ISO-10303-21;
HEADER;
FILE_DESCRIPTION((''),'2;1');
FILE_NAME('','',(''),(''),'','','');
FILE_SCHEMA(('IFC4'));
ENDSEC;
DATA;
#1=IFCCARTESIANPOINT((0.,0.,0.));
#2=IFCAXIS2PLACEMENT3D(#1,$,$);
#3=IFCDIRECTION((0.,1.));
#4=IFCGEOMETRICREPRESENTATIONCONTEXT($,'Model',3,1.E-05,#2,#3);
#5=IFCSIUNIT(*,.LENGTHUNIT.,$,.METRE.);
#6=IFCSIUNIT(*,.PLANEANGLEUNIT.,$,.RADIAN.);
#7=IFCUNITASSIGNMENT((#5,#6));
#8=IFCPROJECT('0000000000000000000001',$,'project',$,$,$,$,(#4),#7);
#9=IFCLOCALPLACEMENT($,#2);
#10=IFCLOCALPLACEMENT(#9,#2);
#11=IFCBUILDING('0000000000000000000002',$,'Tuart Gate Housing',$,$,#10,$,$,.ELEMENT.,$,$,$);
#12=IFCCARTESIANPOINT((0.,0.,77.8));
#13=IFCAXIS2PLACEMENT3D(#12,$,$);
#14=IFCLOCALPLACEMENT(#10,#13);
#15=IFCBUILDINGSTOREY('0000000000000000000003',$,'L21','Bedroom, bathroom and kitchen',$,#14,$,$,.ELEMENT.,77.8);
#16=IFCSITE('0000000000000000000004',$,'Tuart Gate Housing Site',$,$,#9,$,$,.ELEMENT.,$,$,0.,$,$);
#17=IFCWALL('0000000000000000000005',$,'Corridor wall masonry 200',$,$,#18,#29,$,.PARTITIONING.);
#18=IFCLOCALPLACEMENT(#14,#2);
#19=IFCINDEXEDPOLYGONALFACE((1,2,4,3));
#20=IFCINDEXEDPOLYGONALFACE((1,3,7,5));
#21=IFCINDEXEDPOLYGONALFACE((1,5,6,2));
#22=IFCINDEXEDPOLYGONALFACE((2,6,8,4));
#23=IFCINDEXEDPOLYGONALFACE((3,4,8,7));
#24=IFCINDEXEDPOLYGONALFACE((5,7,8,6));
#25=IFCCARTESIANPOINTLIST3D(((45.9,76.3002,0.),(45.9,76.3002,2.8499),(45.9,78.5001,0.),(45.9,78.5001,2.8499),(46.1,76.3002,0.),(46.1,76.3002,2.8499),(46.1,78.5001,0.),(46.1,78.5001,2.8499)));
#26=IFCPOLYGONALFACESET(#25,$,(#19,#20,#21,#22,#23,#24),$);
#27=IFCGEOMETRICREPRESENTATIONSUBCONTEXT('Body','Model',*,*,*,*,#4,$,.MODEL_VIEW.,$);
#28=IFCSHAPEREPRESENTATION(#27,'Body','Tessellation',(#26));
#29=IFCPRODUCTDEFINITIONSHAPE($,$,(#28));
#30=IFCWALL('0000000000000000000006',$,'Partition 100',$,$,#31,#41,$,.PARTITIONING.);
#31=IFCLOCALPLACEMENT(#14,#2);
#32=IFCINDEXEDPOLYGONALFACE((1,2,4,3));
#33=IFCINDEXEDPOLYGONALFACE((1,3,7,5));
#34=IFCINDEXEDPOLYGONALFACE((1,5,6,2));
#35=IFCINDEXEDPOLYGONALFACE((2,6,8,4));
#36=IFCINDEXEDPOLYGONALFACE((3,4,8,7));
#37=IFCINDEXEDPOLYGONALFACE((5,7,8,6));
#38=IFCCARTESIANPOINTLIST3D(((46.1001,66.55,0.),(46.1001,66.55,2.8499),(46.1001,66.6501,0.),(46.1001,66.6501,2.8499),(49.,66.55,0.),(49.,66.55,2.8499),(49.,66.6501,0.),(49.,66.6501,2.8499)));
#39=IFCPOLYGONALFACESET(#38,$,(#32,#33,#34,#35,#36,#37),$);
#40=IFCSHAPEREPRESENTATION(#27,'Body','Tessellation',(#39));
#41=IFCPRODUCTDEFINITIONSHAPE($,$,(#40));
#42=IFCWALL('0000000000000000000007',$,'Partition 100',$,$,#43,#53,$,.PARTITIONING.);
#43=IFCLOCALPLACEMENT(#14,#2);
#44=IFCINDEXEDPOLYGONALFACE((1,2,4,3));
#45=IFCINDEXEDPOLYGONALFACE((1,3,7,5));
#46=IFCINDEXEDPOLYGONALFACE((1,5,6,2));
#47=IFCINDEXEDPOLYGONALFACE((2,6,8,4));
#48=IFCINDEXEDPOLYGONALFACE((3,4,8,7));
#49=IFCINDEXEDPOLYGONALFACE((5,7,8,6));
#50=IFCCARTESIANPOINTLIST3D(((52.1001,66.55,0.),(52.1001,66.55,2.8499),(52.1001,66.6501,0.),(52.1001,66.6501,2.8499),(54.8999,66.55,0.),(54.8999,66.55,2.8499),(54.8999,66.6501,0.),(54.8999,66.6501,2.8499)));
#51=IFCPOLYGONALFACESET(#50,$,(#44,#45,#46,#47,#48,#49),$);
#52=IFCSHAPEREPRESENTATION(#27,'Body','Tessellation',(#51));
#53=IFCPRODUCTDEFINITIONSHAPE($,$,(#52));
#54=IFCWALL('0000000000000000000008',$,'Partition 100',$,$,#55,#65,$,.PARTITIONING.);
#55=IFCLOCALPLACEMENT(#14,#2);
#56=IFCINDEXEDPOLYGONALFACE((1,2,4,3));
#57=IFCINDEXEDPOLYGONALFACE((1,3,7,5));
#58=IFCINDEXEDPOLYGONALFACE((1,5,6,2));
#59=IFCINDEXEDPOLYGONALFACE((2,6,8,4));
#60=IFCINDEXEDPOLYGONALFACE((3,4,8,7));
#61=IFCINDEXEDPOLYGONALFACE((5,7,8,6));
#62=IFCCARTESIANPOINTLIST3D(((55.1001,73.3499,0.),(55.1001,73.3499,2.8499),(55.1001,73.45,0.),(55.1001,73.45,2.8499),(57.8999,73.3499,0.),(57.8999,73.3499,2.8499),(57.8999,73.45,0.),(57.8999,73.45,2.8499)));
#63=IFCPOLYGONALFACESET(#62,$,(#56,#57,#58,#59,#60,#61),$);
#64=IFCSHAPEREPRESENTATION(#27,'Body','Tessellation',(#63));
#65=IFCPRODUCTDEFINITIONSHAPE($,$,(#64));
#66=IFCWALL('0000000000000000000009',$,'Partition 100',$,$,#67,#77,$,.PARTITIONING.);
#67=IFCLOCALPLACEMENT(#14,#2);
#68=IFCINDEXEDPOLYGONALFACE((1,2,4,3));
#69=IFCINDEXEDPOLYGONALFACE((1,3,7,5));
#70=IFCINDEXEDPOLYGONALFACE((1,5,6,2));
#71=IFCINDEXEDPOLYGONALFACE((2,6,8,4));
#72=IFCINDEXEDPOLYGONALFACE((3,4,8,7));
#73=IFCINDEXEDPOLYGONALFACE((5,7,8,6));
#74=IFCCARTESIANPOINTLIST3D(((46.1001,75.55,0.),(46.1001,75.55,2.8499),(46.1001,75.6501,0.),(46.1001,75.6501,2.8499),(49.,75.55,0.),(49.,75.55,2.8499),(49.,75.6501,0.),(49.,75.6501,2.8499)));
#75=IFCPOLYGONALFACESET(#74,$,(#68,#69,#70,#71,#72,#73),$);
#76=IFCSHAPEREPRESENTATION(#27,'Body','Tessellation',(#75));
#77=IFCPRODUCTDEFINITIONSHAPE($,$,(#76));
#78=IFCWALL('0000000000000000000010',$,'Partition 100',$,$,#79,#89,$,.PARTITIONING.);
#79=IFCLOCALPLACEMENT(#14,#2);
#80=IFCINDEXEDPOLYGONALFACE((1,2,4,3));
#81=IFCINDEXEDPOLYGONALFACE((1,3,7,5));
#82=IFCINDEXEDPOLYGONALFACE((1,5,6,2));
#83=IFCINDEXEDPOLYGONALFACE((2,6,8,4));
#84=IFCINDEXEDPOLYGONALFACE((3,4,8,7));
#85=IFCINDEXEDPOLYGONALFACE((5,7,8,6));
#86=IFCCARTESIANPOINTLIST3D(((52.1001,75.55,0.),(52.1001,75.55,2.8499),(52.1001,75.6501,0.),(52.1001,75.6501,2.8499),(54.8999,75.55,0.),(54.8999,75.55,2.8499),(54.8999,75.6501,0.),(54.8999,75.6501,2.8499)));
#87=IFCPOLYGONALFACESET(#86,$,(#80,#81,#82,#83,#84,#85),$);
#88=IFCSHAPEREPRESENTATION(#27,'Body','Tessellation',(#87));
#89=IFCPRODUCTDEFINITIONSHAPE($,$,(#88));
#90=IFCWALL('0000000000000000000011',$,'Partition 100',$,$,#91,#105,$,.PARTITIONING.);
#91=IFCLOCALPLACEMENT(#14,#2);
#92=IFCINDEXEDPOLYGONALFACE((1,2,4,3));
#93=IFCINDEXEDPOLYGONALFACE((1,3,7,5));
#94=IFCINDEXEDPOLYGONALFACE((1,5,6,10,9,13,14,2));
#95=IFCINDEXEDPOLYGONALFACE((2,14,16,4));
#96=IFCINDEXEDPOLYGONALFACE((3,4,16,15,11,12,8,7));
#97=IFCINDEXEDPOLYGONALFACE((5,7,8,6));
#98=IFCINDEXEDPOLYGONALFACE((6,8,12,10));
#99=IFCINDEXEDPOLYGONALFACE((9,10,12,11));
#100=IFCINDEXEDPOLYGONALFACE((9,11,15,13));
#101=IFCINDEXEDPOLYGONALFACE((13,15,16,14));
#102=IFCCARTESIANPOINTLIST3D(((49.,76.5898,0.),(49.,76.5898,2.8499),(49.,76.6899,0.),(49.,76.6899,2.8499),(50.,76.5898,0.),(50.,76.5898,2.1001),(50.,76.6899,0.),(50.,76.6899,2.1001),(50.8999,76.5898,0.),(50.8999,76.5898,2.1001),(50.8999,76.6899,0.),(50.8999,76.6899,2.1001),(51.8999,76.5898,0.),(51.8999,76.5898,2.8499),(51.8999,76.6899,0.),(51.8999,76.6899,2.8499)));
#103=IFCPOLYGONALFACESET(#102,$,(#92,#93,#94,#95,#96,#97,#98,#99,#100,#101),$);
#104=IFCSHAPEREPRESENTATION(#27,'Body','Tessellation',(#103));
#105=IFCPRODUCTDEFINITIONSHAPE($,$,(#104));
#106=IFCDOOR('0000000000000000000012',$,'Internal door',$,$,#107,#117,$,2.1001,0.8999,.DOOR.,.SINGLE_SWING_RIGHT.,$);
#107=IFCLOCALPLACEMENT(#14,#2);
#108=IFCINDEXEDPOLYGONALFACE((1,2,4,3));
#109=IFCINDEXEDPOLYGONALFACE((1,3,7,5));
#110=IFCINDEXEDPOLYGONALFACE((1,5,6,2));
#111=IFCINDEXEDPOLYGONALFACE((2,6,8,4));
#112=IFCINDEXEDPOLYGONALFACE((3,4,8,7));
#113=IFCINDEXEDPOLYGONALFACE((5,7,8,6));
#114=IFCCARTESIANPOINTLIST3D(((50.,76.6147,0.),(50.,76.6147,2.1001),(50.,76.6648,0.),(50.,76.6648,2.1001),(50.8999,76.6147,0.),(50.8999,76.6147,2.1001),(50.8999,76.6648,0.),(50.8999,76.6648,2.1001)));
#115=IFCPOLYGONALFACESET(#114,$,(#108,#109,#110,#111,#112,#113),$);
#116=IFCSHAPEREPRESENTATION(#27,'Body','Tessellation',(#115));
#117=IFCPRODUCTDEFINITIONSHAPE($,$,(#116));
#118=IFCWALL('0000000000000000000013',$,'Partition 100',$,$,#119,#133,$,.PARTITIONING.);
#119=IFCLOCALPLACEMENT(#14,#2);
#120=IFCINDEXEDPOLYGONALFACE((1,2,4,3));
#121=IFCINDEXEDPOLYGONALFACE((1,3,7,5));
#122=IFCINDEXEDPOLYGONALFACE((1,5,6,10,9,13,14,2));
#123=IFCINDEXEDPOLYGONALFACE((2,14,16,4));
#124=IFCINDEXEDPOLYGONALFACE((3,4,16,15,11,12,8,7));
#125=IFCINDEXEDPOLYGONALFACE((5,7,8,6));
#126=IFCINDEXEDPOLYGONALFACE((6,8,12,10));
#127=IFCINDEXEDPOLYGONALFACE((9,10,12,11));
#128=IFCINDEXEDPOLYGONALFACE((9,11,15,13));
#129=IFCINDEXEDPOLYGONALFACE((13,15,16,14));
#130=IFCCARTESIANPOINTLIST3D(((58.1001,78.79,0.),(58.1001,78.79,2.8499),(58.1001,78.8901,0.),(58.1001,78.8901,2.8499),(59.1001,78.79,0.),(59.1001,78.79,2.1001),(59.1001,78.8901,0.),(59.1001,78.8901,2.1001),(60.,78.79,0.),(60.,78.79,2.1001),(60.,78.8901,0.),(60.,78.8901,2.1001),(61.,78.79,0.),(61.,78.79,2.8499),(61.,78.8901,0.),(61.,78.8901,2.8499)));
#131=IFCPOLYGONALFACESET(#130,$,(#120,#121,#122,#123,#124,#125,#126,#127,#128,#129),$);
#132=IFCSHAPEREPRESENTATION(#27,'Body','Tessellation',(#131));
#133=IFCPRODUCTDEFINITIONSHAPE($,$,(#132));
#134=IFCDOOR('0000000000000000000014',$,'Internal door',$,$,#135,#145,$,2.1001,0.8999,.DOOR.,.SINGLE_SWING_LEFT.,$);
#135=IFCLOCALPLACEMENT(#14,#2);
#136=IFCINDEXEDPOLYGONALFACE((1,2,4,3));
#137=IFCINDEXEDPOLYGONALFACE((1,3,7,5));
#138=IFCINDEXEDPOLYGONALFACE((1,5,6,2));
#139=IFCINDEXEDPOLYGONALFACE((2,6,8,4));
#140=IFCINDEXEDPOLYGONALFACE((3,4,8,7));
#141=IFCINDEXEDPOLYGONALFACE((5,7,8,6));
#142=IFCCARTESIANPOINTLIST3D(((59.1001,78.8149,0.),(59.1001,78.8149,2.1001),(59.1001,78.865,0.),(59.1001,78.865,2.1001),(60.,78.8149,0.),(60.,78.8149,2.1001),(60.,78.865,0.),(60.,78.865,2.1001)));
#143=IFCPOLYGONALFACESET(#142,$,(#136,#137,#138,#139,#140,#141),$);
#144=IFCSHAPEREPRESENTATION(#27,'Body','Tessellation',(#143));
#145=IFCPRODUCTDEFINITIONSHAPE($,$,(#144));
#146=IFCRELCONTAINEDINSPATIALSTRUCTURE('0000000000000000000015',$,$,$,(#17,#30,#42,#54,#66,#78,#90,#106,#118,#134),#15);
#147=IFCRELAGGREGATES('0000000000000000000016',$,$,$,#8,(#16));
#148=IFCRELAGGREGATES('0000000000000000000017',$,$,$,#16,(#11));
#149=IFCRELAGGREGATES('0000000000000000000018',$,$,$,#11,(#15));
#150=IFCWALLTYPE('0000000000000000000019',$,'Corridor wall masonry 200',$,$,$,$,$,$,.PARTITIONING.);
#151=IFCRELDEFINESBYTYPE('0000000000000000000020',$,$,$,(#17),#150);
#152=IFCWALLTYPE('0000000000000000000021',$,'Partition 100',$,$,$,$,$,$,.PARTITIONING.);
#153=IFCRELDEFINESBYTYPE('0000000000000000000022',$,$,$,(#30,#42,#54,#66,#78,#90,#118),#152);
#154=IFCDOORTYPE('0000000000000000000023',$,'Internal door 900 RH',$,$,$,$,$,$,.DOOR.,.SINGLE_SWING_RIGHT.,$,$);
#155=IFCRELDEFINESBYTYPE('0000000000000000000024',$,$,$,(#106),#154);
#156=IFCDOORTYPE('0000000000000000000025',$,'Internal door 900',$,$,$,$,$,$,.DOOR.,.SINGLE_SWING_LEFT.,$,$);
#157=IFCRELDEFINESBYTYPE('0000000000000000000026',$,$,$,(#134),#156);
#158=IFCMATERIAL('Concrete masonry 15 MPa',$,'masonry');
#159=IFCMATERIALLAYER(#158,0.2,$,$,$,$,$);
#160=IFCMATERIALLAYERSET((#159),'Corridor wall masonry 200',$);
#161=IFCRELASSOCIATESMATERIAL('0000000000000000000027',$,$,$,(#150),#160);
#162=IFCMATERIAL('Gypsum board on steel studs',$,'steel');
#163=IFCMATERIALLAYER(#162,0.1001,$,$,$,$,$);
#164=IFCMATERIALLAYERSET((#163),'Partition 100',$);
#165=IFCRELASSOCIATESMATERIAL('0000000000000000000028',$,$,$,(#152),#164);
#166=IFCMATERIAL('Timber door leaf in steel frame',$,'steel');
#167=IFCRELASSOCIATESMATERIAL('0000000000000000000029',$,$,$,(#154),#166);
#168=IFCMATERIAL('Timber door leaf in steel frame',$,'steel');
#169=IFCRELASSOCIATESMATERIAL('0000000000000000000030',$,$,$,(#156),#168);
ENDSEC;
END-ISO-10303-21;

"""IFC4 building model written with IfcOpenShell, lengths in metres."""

from ifc_helpers import new_model, si_unit, direction, frame, frame_2d, origin, place, context, subcontext, project, spatial, rectangle, extrude, material, layer, layer_set, type_object, element, fill, save


model = new_model("IFC4")

# Units and contexts
model_context = context("Model", 3, precision=1e-05, world=origin(), true_north=direction((0.0, 1.0)))
body_context = subcontext(model_context, "Body", "Model", "MODEL_VIEW")
ifc_project = project(units=[si_unit("LENGTHUNIT", "METRE"), si_unit("PLANEANGLEUNIT", "RADIAN")], contexts=[model_context])

# Site, building, storey
site_placement = place(None, origin())
site = spatial("IfcSite", under=ifc_project, at=site_placement, Name="Tuart Gate Housing Site", CompositionType="ELEMENT", RefElevation=0.0)
building_placement = place(site_placement, origin())
building = spatial("IfcBuilding", under=site, at=building_placement, Name="Tuart Gate Housing", CompositionType="ELEMENT")
storey_placement = place(building_placement, frame((0.0, 0.0, 77.8)))
storey = spatial("IfcBuildingStorey", under=building, at=storey_placement, Name="L21", Description="Bedroom, bathroom and kitchen", CompositionType="ELEMENT", Elevation=77.8)

# Walls
ifc_material_1 = material(Name="Concrete masonry 15 MPa", Category="masonry")
ifc_layer_1 = layer(ifc_material_1, 0.2)
ifc_layer_set_1 = layer_set([ifc_layer_1], Name="Corridor wall masonry 200")
wall_type_1 = type_object("IfcWallType", Name="Corridor wall masonry 200", PredefinedType="PARTITIONING", material=ifc_layer_set_1)
wall_1_placement = place(storey_placement, frame((46.0, 76.3, 0.0), z_axis=(0.0, 0.0, 1.0), x_axis=(0.0, 1.0, 0.0)))
element("IfcWall", 1, at=wall_1_placement, inside=storey, type_object=wall_type_1, Name="Corridor wall masonry 200", PredefinedType="PARTITIONING", context=body_context, shape_type="SweptSolid", body=[
    extrude(rectangle(XDim=2.2, YDim=0.2, at=frame_2d((1.1001, 0.0))), origin(), (0.0, 0.0, 1.0), 2.8499),
])
ifc_material_2 = material(Name="Gypsum board on steel studs", Category="steel")
ifc_layer_2 = layer(ifc_material_2, 0.1001)
ifc_layer_set_2 = layer_set([ifc_layer_2], Name="Partition 100")
wall_type_2 = type_object("IfcWallType", Name="Partition 100", PredefinedType="PARTITIONING", material=ifc_layer_set_2)
wall_2_placement = place(storey_placement, frame((46.1001, 66.6001, 0.0), z_axis=(0.0, 0.0, 1.0), x_axis=(1.0, 0.0, 0.0)))
element("IfcWall", 2, at=wall_2_placement, inside=storey, type_object=wall_type_2, Name="Partition 100", PredefinedType="PARTITIONING", context=body_context, shape_type="SweptSolid", body=[
    extrude(rectangle(XDim=2.8999, YDim=0.1001, at=frame_2d((1.45, 0.0))), origin(), (0.0, 0.0, 1.0), 2.8499),
])
for number, where, z_axis, x_axis, name in (
    (3, (52.1001, 66.6001, 0.0), (0.0, 0.0, 1.0), (1.0, 0.0, 0.0), "Partition 100"),
    (4, (55.1001, 73.3999, 0.0), (0.0, 0.0, 1.0), (1.0, 0.0, 0.0), "Partition 100"),
):
    element("IfcWall", number, at=place(storey_placement, frame(where, z_axis=z_axis, x_axis=x_axis)), inside=storey, type_object=wall_type_2, Name=name, PredefinedType="PARTITIONING", context=body_context, shape_type="SweptSolid", body=[
        extrude(rectangle(XDim=2.7998, YDim=0.1001, at=frame_2d((1.3999, 0.0))), origin(), (0.0, 0.0, 1.0), 2.8499),
    ])
wall_3_placement = place(storey_placement, frame((46.1001, 75.6001, 0.0), z_axis=(0.0, 0.0, 1.0), x_axis=(1.0, 0.0, 0.0)))
element("IfcWall", 5, at=wall_3_placement, inside=storey, type_object=wall_type_2, Name="Partition 100", PredefinedType="PARTITIONING", context=body_context, shape_type="SweptSolid", body=[
    extrude(rectangle(XDim=2.8999, YDim=0.1001, at=frame_2d((1.45, 0.0))), origin(), (0.0, 0.0, 1.0), 2.8499),
])
wall_4_placement = place(storey_placement, frame((52.1001, 75.6001, 0.0), z_axis=(0.0, 0.0, 1.0), x_axis=(1.0, 0.0, 0.0)))
element("IfcWall", 6, at=wall_4_placement, inside=storey, type_object=wall_type_2, Name="Partition 100", PredefinedType="PARTITIONING", context=body_context, shape_type="SweptSolid", body=[
    extrude(rectangle(XDim=2.7998, YDim=0.1001, at=frame_2d((1.3999, 0.0))), origin(), (0.0, 0.0, 1.0), 2.8499),
])

# Walls, openings, doors
wall_5_placement = place(storey_placement, frame((49.0, 76.6399, 0.0), z_axis=(0.0, 0.0, 1.0), x_axis=(1.0, 0.0, 0.0)))
wall_5 = element("IfcWall", 7, at=wall_5_placement, inside=storey, type_object=wall_type_2, Name="Partition 100", PredefinedType="PARTITIONING", context=body_context, shape_type="SweptSolid", body=[
    extrude(rectangle(XDim=2.8999, YDim=0.1001, at=frame_2d((1.45, 0.0))), origin(), (0.0, 0.0, 1.0), 2.8499),
])
opening_1_placement = place(wall_5_placement, frame((1.0, 0.0, 0.0)))
opening_1 = element("IfcOpeningElement", 8, at=opening_1_placement, cuts=wall_5, PredefinedType="OPENING", context=body_context, shape_type="SweptSolid", body=[
    extrude(rectangle(XDim=0.8999, YDim=2.1001, at=frame_2d((0.45, 1.05))), frame((0.0, 0.0601, 0.0), z_axis=(0.0, -1.0, 0.0), x_axis=(1.0, 0.0, 0.0)), (0.0, 0.0, 1.0), 0.1201),
])
ifc_material_3 = material(Name="Timber door leaf in steel frame", Category="steel")
door_type_1 = type_object("IfcDoorType", Name="Internal door 900 RH", OperationType="SINGLE_SWING_RIGHT", PredefinedType="DOOR", material=ifc_material_3)
door_1_placement = place(opening_1_placement, frame((0.8999, 0.0, 0.0), z_axis=(0.0, 0.0, 1.0), x_axis=(-1.0, 0.0, 0.0)))
door_1 = element("IfcDoor", 9, at=door_1_placement, inside=storey, type_object=door_type_1, Name="Internal door", OperationType="SINGLE_SWING_RIGHT", OverallHeight=2.1001, OverallWidth=0.8999, PredefinedType="DOOR", context=body_context, shape_type="SweptSolid", body=[
    extrude(rectangle(XDim=0.8999, YDim=2.1001, at=frame_2d((0.45, 1.05))), frame((0.0, 0.0251, 0.0), z_axis=(0.0, -1.0, 0.0), x_axis=(1.0, 0.0, 0.0)), (0.0, 0.0, 1.0), 0.05),
])
fill(opening_1, door_1)
wall_6_placement = place(storey_placement, frame((58.1001, 78.8401, 0.0), z_axis=(0.0, 0.0, 1.0), x_axis=(1.0, 0.0, 0.0)))
wall_6 = element("IfcWall", 10, at=wall_6_placement, inside=storey, type_object=wall_type_2, Name="Partition 100", PredefinedType="PARTITIONING", context=body_context, shape_type="SweptSolid", body=[
    extrude(rectangle(XDim=2.8999, YDim=0.1001, at=frame_2d((1.45, 0.0))), origin(), (0.0, 0.0, 1.0), 2.8499),
])
opening_2_placement = place(wall_6_placement, frame((1.0, 0.0, 0.0)))
opening_2 = element("IfcOpeningElement", 11, at=opening_2_placement, cuts=wall_6, PredefinedType="OPENING", context=body_context, shape_type="SweptSolid", body=[
    extrude(rectangle(XDim=0.8999, YDim=2.1001, at=frame_2d((0.45, 1.05))), frame((0.0, 0.0601, 0.0), z_axis=(0.0, -1.0, 0.0), x_axis=(1.0, 0.0, 0.0)), (0.0, 0.0, 1.0), 0.1201),
])
ifc_material_4 = material(Name="Timber door leaf in steel frame", Category="steel")
door_type_2 = type_object("IfcDoorType", Name="Internal door 900", OperationType="SINGLE_SWING_LEFT", PredefinedType="DOOR", material=ifc_material_4)
door_2_placement = place(opening_2_placement, frame((0.8999, 0.0, 0.0), z_axis=(0.0, 0.0, 1.0), x_axis=(-1.0, 0.0, 0.0)))
door_2 = element("IfcDoor", 12, at=door_2_placement, inside=storey, type_object=door_type_2, Name="Internal door", OperationType="SINGLE_SWING_LEFT", OverallHeight=2.1001, OverallWidth=0.8999, PredefinedType="DOOR", context=body_context, shape_type="SweptSolid", body=[
    extrude(rectangle(XDim=0.8999, YDim=2.1001, at=frame_2d((0.45, 1.05))), frame((0.0, 0.0251, 0.0), z_axis=(0.0, -1.0, 0.0), x_axis=(1.0, 0.0, 0.0)), (0.0, 0.0, 1.0), 0.05),
])
fill(opening_2, door_2)

save(model, "model.ifc")
